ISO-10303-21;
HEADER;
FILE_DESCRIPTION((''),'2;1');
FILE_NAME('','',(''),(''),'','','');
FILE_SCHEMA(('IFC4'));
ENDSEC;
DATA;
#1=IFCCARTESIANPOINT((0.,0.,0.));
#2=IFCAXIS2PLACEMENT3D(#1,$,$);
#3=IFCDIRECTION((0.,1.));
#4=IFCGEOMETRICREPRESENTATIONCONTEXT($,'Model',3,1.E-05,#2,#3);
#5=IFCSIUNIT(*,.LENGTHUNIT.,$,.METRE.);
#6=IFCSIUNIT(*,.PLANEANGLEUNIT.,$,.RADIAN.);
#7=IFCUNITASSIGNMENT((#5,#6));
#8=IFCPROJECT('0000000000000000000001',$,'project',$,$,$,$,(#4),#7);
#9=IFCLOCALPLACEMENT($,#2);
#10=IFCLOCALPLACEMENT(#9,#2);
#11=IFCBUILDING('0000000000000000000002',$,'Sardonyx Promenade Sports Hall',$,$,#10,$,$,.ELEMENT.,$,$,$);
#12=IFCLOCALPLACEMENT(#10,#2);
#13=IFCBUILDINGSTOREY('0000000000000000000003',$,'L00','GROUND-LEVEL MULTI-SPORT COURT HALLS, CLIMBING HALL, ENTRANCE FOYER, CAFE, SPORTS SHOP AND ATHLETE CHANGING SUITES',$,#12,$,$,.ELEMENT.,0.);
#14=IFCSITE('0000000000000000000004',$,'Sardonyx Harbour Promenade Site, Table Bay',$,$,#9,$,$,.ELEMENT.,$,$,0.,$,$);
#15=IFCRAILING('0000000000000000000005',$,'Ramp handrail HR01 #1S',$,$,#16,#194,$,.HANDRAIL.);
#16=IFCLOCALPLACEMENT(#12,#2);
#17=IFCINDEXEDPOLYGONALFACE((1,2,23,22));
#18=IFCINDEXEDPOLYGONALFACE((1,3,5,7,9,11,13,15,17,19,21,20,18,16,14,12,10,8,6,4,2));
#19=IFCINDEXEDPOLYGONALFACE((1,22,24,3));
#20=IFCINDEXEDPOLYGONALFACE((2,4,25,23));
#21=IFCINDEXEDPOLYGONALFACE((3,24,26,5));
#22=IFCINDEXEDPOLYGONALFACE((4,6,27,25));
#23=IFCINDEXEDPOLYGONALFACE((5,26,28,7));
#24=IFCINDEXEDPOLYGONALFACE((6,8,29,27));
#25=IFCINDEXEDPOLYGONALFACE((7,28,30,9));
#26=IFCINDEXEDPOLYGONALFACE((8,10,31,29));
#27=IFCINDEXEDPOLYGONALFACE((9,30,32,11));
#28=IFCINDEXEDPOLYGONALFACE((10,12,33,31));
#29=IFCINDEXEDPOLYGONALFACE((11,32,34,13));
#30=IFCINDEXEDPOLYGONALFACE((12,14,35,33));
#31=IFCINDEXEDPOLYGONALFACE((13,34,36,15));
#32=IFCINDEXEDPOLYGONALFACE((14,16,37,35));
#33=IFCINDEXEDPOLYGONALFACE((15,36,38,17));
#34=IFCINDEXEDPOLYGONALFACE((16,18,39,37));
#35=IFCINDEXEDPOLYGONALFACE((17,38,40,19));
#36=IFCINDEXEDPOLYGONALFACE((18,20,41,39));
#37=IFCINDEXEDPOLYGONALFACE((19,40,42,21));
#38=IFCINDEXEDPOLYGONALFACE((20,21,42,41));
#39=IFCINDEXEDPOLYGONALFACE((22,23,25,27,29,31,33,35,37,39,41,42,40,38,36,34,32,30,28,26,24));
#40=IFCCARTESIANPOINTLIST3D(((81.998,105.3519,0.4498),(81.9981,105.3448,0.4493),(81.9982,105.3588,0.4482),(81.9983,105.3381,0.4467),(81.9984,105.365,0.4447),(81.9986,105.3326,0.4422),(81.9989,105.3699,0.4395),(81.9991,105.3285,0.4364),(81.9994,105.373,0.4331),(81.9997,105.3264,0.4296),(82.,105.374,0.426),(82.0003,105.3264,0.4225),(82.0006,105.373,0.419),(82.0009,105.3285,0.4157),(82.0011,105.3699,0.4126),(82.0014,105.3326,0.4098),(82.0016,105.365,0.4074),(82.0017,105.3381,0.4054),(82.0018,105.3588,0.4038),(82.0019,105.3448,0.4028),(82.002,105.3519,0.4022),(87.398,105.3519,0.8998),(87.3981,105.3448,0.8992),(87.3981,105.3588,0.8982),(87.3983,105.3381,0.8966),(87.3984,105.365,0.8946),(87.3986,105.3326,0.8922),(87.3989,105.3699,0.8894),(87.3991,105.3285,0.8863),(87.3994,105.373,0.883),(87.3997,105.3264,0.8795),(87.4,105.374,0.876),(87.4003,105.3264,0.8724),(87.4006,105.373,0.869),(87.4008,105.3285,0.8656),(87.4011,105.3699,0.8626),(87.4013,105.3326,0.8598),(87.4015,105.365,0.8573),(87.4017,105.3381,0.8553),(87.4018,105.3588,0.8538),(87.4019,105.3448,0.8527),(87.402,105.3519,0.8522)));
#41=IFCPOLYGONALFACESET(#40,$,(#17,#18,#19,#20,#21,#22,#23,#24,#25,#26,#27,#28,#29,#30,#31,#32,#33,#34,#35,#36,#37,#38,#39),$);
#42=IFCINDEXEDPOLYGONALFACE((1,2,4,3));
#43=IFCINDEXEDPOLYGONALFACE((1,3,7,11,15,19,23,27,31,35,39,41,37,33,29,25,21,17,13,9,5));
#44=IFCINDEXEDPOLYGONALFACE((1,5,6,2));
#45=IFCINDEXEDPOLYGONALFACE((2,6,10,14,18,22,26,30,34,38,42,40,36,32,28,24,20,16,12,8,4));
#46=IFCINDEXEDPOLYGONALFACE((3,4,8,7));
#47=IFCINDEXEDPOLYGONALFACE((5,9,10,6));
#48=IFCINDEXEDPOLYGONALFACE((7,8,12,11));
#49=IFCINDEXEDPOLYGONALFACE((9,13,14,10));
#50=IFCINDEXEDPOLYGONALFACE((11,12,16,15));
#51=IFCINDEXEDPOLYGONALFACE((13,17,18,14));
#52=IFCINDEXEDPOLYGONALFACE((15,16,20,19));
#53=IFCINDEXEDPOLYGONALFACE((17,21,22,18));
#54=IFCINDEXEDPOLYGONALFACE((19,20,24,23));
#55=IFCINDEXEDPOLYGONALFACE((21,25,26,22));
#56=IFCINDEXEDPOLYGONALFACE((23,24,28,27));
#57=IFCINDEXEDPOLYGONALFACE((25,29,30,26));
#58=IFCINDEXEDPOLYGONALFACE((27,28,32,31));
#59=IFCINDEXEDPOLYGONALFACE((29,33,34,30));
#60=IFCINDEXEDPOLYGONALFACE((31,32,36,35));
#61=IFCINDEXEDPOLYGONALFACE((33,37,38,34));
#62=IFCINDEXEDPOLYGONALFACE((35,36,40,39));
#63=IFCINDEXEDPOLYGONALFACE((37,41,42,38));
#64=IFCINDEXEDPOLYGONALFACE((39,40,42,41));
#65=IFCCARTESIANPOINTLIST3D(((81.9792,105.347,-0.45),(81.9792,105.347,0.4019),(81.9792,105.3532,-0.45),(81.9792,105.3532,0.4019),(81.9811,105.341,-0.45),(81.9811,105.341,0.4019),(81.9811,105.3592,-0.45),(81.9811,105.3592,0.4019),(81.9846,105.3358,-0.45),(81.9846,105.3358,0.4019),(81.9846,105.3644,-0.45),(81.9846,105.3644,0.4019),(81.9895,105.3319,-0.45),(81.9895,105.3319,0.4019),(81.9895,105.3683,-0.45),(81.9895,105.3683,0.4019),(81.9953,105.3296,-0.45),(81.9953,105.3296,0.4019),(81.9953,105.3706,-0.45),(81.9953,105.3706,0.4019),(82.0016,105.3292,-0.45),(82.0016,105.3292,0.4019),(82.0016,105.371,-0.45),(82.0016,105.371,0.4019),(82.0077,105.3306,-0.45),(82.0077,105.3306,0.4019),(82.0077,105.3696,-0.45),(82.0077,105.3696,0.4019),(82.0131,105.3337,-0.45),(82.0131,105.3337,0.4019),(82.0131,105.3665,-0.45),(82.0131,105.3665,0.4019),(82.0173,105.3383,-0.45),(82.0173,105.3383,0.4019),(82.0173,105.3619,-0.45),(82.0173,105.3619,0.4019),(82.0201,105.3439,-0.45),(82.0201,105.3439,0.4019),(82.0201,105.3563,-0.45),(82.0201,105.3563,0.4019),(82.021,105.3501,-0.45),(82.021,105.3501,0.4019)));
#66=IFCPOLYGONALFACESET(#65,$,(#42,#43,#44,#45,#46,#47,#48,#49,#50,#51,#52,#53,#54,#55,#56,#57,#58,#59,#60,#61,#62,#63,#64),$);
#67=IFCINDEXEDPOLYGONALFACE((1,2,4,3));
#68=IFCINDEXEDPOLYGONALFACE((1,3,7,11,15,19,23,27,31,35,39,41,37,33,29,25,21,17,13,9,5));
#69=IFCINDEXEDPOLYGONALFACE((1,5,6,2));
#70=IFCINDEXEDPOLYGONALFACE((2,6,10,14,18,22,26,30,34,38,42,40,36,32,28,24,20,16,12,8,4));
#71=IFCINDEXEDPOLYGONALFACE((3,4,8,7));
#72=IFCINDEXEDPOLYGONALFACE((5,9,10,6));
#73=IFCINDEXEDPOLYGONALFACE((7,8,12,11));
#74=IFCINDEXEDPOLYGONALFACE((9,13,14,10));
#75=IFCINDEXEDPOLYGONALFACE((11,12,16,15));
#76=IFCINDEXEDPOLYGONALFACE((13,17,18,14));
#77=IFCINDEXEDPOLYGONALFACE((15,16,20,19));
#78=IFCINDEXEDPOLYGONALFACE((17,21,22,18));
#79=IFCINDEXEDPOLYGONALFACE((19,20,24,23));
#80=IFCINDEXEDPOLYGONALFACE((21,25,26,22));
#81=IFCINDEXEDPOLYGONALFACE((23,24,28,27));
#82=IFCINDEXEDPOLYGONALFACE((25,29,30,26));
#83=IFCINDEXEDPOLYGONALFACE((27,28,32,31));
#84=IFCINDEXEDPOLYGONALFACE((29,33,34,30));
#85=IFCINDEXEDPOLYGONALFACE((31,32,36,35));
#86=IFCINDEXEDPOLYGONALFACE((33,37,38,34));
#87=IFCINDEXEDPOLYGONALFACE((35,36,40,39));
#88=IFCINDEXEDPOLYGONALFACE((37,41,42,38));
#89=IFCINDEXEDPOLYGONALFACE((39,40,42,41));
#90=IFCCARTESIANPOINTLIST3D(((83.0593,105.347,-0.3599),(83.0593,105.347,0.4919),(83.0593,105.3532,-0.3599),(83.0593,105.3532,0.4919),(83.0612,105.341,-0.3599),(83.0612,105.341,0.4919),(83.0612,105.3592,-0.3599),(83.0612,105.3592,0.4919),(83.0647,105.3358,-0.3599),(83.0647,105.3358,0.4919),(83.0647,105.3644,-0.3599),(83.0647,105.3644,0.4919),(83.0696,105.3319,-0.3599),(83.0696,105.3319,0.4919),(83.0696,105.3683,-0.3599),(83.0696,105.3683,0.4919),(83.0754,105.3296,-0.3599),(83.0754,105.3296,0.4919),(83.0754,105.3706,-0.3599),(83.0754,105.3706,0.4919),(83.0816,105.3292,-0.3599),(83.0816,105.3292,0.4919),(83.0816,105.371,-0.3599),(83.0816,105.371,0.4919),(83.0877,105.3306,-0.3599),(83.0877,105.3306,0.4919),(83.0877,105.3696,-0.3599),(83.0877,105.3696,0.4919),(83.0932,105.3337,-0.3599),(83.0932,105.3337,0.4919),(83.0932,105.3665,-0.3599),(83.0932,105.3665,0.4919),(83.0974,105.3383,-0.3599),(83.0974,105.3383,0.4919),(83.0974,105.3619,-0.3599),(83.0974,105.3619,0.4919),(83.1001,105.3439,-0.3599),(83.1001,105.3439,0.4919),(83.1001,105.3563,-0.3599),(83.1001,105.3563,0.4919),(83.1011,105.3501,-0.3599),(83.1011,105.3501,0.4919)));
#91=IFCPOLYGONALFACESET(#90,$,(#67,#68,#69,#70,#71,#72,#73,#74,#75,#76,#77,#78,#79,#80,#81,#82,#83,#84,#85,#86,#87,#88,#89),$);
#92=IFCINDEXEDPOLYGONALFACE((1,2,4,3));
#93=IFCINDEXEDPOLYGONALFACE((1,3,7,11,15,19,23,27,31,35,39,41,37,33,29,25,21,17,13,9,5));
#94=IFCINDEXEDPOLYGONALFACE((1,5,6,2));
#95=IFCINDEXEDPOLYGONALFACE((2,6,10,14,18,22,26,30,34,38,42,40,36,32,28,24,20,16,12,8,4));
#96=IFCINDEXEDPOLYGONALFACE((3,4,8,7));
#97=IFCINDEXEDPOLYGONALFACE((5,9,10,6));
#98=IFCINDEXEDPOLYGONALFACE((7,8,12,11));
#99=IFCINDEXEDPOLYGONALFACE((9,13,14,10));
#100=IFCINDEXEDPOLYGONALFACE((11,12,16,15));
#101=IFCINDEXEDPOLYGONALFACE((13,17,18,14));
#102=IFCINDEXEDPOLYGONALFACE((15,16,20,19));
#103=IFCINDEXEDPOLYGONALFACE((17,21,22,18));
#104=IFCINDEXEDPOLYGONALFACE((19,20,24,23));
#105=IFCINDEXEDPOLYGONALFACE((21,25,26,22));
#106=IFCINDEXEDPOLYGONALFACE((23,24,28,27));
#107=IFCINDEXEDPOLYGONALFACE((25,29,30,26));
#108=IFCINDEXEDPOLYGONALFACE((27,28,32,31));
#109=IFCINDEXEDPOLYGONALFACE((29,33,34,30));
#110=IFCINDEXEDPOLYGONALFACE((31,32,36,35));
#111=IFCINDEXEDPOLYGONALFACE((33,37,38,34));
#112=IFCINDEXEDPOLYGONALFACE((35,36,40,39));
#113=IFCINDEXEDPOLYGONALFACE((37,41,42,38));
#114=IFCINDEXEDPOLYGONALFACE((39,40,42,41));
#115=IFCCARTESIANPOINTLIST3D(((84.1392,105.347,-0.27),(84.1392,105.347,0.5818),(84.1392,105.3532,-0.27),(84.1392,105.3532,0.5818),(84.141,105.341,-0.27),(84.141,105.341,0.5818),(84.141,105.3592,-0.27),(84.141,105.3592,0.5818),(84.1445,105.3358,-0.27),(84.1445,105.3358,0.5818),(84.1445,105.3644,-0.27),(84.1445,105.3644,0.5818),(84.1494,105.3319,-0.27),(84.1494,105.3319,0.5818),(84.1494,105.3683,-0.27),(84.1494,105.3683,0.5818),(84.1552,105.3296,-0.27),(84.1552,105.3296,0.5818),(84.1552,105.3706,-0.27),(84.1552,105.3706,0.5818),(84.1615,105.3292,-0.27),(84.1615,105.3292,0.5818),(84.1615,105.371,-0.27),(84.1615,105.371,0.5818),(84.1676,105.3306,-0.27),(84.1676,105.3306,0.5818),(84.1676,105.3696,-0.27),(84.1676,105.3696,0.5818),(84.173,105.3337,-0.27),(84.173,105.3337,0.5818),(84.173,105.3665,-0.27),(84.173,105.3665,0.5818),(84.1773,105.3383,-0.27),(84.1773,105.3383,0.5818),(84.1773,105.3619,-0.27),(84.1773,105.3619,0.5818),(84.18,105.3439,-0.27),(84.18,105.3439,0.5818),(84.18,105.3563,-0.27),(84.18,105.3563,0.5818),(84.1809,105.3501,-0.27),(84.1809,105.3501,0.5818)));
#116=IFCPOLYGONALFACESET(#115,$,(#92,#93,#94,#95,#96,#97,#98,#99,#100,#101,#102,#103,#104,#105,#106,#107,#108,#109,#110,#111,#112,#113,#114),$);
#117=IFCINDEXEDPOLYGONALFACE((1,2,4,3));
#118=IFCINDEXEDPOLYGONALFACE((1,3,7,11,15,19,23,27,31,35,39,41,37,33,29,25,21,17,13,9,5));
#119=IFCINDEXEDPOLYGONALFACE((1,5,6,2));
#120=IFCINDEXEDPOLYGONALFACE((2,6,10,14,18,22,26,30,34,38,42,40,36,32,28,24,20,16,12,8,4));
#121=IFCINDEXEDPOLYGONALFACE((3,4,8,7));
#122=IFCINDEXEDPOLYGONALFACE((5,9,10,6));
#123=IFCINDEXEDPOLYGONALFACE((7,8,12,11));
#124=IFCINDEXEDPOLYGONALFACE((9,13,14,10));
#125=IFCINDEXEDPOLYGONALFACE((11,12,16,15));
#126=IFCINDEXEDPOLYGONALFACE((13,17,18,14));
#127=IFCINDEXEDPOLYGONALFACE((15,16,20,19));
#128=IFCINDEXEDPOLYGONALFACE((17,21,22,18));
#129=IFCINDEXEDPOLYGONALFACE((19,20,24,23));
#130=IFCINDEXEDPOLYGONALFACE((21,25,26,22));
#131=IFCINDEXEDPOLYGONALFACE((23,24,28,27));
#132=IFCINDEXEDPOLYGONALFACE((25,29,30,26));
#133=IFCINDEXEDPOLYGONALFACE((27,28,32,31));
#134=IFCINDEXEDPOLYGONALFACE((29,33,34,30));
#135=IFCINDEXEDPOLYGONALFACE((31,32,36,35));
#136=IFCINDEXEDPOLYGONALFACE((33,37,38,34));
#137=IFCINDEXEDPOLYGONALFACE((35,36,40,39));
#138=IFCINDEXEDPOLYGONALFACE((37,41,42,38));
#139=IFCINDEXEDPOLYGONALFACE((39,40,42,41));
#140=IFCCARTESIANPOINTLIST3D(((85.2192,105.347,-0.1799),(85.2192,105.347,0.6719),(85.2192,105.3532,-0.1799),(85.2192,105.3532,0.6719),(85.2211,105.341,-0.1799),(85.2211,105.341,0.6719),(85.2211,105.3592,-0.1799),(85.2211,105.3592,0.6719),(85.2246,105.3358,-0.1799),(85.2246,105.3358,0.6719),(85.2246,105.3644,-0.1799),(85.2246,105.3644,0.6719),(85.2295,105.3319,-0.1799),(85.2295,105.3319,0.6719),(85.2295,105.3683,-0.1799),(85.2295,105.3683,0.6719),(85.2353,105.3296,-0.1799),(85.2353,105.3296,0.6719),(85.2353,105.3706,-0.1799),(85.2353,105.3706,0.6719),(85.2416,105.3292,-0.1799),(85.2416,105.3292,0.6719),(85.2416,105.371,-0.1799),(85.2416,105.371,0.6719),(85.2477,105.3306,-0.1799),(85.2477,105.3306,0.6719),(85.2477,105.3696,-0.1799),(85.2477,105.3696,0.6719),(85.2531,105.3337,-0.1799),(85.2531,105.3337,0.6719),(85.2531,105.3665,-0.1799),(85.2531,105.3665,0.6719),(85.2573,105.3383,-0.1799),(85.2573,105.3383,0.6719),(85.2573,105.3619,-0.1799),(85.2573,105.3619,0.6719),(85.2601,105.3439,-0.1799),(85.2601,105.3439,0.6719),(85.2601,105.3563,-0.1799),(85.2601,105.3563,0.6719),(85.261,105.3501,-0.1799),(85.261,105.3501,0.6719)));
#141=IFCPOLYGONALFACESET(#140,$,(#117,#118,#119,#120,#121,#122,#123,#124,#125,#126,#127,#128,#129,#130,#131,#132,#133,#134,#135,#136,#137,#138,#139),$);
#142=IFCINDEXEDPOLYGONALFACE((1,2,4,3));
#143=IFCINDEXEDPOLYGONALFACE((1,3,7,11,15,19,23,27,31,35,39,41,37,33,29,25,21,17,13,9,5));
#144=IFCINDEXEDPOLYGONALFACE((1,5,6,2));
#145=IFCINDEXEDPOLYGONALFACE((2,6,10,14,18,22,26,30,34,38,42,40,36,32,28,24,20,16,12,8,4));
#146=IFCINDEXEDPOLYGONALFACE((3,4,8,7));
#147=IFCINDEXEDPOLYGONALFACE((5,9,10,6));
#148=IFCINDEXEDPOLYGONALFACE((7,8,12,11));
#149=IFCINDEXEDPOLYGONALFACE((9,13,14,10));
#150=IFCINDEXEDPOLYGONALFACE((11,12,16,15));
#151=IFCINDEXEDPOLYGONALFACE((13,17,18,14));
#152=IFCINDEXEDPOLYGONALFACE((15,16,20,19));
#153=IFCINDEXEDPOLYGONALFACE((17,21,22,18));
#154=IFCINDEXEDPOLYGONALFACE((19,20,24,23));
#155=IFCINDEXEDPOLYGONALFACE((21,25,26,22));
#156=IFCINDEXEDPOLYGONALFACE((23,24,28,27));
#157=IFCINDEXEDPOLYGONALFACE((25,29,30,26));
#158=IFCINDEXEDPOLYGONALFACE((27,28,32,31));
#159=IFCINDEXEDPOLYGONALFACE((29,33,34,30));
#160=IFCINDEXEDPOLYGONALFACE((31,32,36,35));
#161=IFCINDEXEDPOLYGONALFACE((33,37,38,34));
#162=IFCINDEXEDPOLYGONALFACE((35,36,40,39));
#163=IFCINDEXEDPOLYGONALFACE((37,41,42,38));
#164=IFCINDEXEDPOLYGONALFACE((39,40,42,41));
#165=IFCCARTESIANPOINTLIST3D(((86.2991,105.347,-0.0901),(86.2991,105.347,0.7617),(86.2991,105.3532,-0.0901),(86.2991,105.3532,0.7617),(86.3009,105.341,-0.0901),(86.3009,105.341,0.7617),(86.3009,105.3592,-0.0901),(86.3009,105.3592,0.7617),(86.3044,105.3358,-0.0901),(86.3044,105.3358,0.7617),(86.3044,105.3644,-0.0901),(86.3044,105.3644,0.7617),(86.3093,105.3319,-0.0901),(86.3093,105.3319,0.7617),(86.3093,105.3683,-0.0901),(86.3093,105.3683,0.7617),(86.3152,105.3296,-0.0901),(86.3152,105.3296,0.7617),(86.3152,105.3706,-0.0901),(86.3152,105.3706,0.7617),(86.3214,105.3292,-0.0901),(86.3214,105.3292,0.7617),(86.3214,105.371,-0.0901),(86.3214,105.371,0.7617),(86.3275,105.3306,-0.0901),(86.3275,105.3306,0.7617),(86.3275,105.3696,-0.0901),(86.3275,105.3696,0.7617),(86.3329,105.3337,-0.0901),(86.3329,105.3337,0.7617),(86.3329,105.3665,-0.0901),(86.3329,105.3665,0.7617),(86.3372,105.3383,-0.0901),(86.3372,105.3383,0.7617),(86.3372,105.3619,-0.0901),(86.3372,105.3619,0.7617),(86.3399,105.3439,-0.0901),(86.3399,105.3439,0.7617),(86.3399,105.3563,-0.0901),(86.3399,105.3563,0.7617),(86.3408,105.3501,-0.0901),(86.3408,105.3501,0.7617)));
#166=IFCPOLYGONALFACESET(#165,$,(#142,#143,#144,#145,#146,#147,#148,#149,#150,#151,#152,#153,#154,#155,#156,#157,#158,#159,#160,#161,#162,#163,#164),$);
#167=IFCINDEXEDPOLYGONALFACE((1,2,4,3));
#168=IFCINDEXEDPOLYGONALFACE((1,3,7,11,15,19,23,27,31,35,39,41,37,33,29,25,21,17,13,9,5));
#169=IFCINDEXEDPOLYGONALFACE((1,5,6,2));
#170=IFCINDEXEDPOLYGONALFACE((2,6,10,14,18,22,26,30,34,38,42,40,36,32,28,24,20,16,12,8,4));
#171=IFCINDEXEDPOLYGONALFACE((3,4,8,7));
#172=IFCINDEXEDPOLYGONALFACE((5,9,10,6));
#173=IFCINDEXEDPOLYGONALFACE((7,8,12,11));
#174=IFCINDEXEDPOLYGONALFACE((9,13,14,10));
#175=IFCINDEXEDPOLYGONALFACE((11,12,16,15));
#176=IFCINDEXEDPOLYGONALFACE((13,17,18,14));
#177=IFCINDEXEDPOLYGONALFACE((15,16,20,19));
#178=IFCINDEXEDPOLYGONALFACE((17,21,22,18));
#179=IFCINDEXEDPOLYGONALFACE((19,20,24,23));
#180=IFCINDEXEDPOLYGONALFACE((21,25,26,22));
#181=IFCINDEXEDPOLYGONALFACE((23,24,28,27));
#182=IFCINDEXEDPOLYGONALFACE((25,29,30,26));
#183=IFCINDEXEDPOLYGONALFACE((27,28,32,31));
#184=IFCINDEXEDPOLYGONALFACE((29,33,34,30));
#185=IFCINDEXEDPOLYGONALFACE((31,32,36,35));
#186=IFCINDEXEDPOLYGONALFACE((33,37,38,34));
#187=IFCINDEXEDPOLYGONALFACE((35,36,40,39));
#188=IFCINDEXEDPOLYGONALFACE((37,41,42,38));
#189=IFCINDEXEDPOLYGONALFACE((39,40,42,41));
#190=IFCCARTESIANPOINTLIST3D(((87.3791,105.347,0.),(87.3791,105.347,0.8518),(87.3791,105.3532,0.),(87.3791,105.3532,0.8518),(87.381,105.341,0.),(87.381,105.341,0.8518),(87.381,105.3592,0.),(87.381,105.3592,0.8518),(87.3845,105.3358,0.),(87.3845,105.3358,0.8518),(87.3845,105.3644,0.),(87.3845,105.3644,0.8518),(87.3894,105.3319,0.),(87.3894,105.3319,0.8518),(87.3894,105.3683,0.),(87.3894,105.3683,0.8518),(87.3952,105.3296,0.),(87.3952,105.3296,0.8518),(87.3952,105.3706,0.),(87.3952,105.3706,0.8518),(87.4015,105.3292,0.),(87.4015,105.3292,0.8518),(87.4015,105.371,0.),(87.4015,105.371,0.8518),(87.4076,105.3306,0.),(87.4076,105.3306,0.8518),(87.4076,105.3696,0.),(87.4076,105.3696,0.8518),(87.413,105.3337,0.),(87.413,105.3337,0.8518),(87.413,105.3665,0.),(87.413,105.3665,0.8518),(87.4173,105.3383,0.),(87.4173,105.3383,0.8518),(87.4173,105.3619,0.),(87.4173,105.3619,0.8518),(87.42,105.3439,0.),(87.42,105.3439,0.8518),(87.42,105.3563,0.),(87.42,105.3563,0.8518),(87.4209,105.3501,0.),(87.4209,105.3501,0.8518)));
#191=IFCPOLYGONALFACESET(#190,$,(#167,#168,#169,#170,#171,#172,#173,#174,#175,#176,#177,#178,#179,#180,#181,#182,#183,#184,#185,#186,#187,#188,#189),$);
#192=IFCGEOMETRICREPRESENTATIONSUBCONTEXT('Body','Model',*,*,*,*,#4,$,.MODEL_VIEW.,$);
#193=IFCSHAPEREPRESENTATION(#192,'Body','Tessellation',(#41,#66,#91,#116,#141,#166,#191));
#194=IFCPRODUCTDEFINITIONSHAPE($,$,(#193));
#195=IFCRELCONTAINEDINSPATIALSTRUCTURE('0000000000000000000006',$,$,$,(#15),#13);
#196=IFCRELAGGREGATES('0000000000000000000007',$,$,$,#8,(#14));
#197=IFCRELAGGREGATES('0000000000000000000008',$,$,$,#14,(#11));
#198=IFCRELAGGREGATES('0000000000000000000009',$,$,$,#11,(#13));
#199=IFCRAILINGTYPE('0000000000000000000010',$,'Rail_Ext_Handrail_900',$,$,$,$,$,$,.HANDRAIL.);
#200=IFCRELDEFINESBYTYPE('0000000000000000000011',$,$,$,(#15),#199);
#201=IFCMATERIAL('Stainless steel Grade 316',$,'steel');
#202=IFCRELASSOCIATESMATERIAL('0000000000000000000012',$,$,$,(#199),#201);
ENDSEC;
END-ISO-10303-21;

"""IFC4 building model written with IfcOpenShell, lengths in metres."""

from ifc_helpers import new_model, si_unit, direction, frame, origin, origin_2d, place, context, subcontext, project, spatial, circle, extrude, material, type_object, element, save


model = new_model("IFC4")

# Units and contexts
model_context = context("Model", 3, precision=1e-05, world=origin(), true_north=direction((0.0, 1.0)))
body_context = subcontext(model_context, "Body", "Model", "MODEL_VIEW")
ifc_project = project(units=[si_unit("LENGTHUNIT", "METRE"), si_unit("PLANEANGLEUNIT", "RADIAN")], contexts=[model_context])

# Site, building, storey
site_placement = place(None, origin())
site = spatial("IfcSite", under=ifc_project, at=site_placement, Name="Sardonyx Harbour Promenade Site, Table Bay", CompositionType="ELEMENT", RefElevation=0.0)
building_placement = place(site_placement, origin())
building = spatial("IfcBuilding", under=site, at=building_placement, Name="Sardonyx Promenade Sports Hall", CompositionType="ELEMENT")
storey_placement = place(building_placement, origin())
storey = spatial("IfcBuildingStorey", under=building, at=storey_placement, Name="L00", Description="GROUND-LEVEL MULTI-SPORT COURT HALLS, CLIMBING HALL, ENTRANCE FOYER, CAFE, SPORTS SHOP AND ATHLETE CHANGING SUITES", CompositionType="ELEMENT", Elevation=0.0)

# Railing
ifc_material_1 = material(Name="Stainless steel Grade 316", Category="steel")
railing_type = type_object("IfcRailingType", Name="Rail_Ext_Handrail_900", PredefinedType="HANDRAIL", material=ifc_material_1)
for number, where, name in (
    (1, (82.0, 105.3501, -0.45), "Ramp handrail HR01 #1S"),
):
    element("IfcRailing", number, at=place(storey_placement, frame(where)), inside=storey, type_object=railing_type, Name=name, PredefinedType="HANDRAIL", context=body_context, shape_type="SweptSolid", body=[
        extrude(circle(Radius=0.0239, at=origin_2d()), frame((0.0, 0.0, 0.876), z_axis=(0.996546, 0.0, 0.083038), x_axis=(0.0, 1.0, 0.0)), (0.0, 0.0, 1.0), 5.4187),
        extrude(circle(Radius=0.021, at=origin_2d()), origin(), (0.0, 0.0, 1.0), 0.8518),
        extrude(circle(Radius=0.021, at=origin_2d()), frame((1.0801, 0.0, 0.0901)), (0.0, 0.0, 1.0), 0.8518),
        extrude(circle(Radius=0.021, at=origin_2d()), frame((2.1599, 0.0, 0.1799)), (0.0, 0.0, 1.0), 0.8518),
        extrude(circle(Radius=0.021, at=origin_2d()), frame((3.24, 0.0, 0.27)), (0.0, 0.0, 1.0), 0.8518),
        extrude(circle(Radius=0.021, at=origin_2d()), frame((4.3198, 0.0, 0.3599)), (0.0, 0.0, 1.0), 0.8518),
        extrude(circle(Radius=0.021, at=origin_2d()), frame((5.3999, 0.0, 0.45)), (0.0, 0.0, 1.0), 0.8518),
    ])

save(model, "model.ifc")
